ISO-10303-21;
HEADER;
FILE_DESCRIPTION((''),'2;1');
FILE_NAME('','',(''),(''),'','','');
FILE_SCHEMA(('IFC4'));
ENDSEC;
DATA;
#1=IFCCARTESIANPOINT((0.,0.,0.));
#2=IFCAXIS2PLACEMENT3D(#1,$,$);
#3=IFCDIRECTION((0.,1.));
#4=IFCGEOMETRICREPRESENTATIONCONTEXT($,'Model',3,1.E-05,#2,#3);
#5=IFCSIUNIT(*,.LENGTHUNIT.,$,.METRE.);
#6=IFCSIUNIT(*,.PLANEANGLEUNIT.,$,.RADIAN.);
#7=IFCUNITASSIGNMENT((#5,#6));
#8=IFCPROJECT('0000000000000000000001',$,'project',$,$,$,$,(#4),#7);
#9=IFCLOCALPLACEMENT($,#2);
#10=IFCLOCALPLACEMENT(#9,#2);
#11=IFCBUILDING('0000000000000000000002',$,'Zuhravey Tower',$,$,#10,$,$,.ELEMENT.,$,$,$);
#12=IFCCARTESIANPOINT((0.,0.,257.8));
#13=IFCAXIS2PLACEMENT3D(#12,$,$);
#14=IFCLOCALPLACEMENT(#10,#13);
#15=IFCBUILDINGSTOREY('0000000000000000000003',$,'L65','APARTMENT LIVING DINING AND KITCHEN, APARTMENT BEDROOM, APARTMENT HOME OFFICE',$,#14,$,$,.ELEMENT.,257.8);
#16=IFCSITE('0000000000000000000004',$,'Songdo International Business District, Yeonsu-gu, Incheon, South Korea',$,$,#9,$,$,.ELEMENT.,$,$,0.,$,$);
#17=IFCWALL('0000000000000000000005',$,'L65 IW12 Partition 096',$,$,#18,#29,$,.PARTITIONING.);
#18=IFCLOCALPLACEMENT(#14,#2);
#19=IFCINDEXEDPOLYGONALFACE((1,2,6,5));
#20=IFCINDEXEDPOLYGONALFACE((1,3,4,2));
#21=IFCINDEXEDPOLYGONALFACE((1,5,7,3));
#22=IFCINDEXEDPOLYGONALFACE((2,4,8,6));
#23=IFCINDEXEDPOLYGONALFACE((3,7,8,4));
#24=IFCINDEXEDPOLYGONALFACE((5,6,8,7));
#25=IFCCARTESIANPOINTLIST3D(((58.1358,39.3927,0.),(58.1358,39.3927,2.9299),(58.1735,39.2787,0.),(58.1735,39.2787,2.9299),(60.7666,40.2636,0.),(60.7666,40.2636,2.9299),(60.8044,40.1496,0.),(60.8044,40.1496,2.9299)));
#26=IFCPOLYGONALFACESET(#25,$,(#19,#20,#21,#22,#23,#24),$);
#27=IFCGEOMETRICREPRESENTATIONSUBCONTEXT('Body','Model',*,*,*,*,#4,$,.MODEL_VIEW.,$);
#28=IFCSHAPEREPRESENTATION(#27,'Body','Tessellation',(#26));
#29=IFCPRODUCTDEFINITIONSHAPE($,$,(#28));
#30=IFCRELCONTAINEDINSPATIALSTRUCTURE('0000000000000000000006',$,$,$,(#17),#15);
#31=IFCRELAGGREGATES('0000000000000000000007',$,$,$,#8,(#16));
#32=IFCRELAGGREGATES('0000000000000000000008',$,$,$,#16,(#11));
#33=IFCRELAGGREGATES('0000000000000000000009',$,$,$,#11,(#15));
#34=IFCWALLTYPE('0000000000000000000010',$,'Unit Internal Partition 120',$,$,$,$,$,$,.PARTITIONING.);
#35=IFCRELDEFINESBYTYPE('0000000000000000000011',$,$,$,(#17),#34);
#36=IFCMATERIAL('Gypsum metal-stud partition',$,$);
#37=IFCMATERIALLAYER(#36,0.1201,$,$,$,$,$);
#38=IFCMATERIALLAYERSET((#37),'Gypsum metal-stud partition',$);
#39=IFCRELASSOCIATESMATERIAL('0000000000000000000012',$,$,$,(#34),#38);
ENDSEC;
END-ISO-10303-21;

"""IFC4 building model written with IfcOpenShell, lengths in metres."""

from ifc_helpers import new_model, si_unit, direction, frame, frame_2d, origin, place, context, subcontext, project, spatial, rectangle, extrude, material, layer, layer_set, type_object, element, save


model = new_model("IFC4")

# Units and contexts
model_context = context("Model", 3, precision=1e-05, world=origin(), true_north=direction((0.0, 1.0)))
body_context = subcontext(model_context, "Body", "Model", "MODEL_VIEW")
ifc_project = project(units=[si_unit("LENGTHUNIT", "METRE"), si_unit("PLANEANGLEUNIT", "RADIAN")], contexts=[model_context])

# Site, building, storey
site_placement = place(None, origin())
site = spatial("IfcSite", under=ifc_project, at=site_placement, Name="Songdo International Business District, Yeonsu-gu, Incheon, South Korea", CompositionType="ELEMENT", RefElevation=0.0)
building_placement = place(site_placement, origin())
building = spatial("IfcBuilding", under=site, at=building_placement, Name="Zuhravey Tower", CompositionType="ELEMENT")
storey_placement = place(building_placement, frame((0.0, 0.0, 257.8)))
storey = spatial("IfcBuildingStorey", under=building, at=storey_placement, Name="L65", Description="APARTMENT LIVING DINING AND KITCHEN, APARTMENT BEDROOM, APARTMENT HOME OFFICE", CompositionType="ELEMENT", Elevation=257.8)

# Shared definitions
ifc_material_1 = material(Name="Gypsum metal-stud partition")
ifc_layer_1 = layer(ifc_material_1, 0.1201)
ifc_layer_set_1 = layer_set([ifc_layer_1], Name="Gypsum metal-stud partition")
wall_type_1 = type_object("IfcWallType", Name="Unit Internal Partition 120", PredefinedType="PARTITIONING", material=ifc_layer_set_1)

# Wall
wall_1_placement = place(storey_placement, frame((58.1545, 39.3357, 0.0), z_axis=(0.0, 0.0, 1.0), x_axis=(0.949342, 0.314245, 0.0)))
element("IfcWall", 1, at=wall_1_placement, inside=storey, type_object=wall_type_1, Name="L65 IW12 Partition 096", PredefinedType="PARTITIONING", context=body_context, shape_type="SweptSolid", body=[
    extrude(rectangle(XDim=2.7712, YDim=0.1201, at=frame_2d((1.3857, 0.0))), origin(), (0.0, 0.0, 1.0), 2.9299),
])

save(model, "model.ifc")
